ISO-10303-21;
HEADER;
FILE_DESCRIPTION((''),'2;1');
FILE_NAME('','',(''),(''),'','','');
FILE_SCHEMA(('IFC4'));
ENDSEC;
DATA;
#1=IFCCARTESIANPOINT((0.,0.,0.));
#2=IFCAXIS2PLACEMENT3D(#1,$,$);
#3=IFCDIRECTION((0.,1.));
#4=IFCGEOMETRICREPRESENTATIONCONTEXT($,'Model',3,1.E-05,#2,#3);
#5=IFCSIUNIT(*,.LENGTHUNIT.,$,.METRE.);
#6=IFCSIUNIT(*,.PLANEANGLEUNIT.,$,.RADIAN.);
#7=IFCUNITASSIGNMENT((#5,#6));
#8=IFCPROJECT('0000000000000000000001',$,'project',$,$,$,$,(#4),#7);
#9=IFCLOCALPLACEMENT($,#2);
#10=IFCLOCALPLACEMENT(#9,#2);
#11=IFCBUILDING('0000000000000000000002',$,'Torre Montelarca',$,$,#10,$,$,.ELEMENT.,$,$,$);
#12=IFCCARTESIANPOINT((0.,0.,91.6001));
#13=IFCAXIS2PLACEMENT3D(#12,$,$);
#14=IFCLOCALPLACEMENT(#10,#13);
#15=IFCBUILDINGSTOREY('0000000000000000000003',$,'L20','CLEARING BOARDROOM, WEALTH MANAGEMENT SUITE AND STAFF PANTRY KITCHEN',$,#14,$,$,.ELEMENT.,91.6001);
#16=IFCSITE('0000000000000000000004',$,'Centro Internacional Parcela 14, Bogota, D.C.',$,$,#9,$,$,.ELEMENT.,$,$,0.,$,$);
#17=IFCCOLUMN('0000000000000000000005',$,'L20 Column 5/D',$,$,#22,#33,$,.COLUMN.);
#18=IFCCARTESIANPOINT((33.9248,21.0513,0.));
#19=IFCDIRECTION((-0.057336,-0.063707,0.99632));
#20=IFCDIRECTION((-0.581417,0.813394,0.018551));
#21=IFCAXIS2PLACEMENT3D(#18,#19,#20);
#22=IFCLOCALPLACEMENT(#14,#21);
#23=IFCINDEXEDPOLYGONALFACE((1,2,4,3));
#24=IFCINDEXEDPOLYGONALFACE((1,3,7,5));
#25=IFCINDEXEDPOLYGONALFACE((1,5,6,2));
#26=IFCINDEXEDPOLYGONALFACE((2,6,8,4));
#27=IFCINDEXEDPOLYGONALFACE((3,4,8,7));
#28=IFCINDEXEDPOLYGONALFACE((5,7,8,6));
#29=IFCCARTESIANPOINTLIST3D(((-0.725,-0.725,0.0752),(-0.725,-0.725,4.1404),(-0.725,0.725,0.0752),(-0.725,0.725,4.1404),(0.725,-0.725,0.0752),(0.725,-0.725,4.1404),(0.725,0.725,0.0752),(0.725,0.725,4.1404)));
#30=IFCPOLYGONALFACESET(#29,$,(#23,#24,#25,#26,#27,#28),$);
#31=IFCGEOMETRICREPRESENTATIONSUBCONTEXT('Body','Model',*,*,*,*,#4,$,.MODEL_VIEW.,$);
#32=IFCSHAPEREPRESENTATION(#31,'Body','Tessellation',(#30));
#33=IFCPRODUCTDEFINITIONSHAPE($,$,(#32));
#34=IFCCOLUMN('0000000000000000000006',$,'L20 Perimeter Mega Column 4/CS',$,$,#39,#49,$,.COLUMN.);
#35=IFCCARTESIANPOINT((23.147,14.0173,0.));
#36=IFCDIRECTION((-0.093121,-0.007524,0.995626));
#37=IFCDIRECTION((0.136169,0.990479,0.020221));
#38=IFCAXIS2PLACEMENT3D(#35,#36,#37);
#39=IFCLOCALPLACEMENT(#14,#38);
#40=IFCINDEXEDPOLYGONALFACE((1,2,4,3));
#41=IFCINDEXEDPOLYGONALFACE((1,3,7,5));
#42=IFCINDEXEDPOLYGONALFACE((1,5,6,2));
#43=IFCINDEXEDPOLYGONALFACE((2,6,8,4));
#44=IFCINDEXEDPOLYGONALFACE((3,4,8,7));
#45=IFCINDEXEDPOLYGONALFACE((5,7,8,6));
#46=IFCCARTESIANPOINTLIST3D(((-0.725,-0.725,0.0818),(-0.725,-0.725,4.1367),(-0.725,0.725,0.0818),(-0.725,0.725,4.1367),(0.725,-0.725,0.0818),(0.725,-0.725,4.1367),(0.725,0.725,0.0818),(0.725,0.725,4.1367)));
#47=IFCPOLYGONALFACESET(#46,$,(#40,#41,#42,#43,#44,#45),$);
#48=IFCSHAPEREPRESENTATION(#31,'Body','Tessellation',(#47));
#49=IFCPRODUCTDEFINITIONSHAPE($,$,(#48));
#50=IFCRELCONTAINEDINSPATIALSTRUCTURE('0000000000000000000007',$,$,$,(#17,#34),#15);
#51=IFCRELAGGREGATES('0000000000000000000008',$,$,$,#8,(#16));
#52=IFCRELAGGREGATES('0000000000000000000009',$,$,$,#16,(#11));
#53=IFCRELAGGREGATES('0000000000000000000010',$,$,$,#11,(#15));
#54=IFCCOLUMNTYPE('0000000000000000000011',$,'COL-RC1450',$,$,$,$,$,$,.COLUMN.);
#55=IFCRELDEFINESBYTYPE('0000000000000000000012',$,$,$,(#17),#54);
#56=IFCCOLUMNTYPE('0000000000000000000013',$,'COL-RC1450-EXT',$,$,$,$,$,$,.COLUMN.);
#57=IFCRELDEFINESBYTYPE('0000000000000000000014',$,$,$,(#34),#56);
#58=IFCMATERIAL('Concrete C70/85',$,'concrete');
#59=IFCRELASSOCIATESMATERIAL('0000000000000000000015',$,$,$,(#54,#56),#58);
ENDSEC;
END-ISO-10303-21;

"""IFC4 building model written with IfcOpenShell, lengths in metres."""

from ifc_helpers import new_model, si_unit, direction, frame, origin, origin_2d, place, context, subcontext, project, spatial, rectangle, extrude, clip, halfspace, material, material_profile, profile_set, type_object, element, save


model = new_model("IFC4")

# Units and contexts
model_context = context("Model", 3, precision=1e-05, world=origin(), true_north=direction((0.0, 1.0)))
body_context = subcontext(model_context, "Body", "Model", "MODEL_VIEW")
ifc_project = project(units=[si_unit("LENGTHUNIT", "METRE"), si_unit("PLANEANGLEUNIT", "RADIAN")], contexts=[model_context])

# Site, building, storey
site_placement = place(None, origin())
site = spatial("IfcSite", under=ifc_project, at=site_placement, Name="Centro Internacional Parcela 14, Bogota, D.C.", CompositionType="ELEMENT", RefElevation=0.0)
building_placement = place(site_placement, origin())
building = spatial("IfcBuilding", under=site, at=building_placement, Name="Torre Montelarca", CompositionType="ELEMENT")
storey_placement = place(building_placement, frame((0.0, 0.0, 91.6001)))
storey = spatial("IfcBuildingStorey", under=building, at=storey_placement, Name="L20", Description="CLEARING BOARDROOM, WEALTH MANAGEMENT SUITE AND STAFF PANTRY KITCHEN", CompositionType="ELEMENT", Elevation=91.6001)

# Columns
ifc_material_1 = material(Name="Concrete C70/85", Category="concrete")
ifc_material_profile_1 = material_profile(ifc_material_1, rectangle(XDim=1.45, YDim=1.45, at=origin_2d()), Name="RC1450X1450", Category="concrete")
ifc_profile_set_1 = profile_set([ifc_material_profile_1], Name="Concrete C70/85")
column_type_1 = type_object("IfcColumnType", Name="COL-RC1450", PredefinedType="COLUMN", material=ifc_profile_set_1)
column_1_placement = place(storey_placement, frame((33.9248, 21.0513, 0.0), z_axis=(-0.057336, -0.063707, 0.99632), x_axis=(-0.581417, 0.813394, 0.018551)))
element("IfcColumn", 1, at=column_1_placement, inside=storey, type_object=column_type_1, Name="L20 Column 5/D", PredefinedType="COLUMN", context=body_context, shape_type="Clipping", body=[
    clip(clip(extrude(rectangle(XDim=1.45, YDim=1.45, at=origin_2d()), origin(), (0.0, 0.0, 1.0), 4.2156), halfspace(frame((0.0, 0.0, 0.0752), z_axis=(0.0, 0.0, -1.0), x_axis=(1.0, 0.0, 0.0)), False)), halfspace(frame((0.0, 0.0, 4.1404), z_axis=(0.0, 0.0, 1.0), x_axis=(1.0, 0.0, 0.0)), False)),
])
ifc_material_profile_2 = material_profile(ifc_material_1, rectangle(XDim=1.45, YDim=1.45, at=origin_2d()), Name="RC1450X1450", Category="concrete")
ifc_profile_set_2 = profile_set([ifc_material_profile_2], Name="Concrete C70/85")
column_type_2 = type_object("IfcColumnType", Name="COL-RC1450-EXT", PredefinedType="COLUMN", material=ifc_profile_set_2)
column_2_placement = place(storey_placement, frame((23.147, 14.0173, 0.0), z_axis=(-0.093121, -0.007524, 0.995626), x_axis=(0.136169, 0.990479, 0.020221)))
element("IfcColumn", 2, at=column_2_placement, inside=storey, type_object=column_type_2, Name="L20 Perimeter Mega Column 4/CS", PredefinedType="COLUMN", context=body_context, shape_type="Clipping", body=[
    clip(clip(extrude(rectangle(XDim=1.45, YDim=1.45, at=origin_2d()), origin(), (0.0, 0.0, 1.0), 4.2185), halfspace(frame((0.0, 0.0, 0.0818), z_axis=(0.0, 0.0, -1.0), x_axis=(1.0, 0.0, 0.0)), False)), halfspace(frame((0.0, 0.0, 4.1367), z_axis=(0.0, 0.0, 1.0), x_axis=(1.0, 0.0, 0.0)), False)),
])

save(model, "model.ifc")
